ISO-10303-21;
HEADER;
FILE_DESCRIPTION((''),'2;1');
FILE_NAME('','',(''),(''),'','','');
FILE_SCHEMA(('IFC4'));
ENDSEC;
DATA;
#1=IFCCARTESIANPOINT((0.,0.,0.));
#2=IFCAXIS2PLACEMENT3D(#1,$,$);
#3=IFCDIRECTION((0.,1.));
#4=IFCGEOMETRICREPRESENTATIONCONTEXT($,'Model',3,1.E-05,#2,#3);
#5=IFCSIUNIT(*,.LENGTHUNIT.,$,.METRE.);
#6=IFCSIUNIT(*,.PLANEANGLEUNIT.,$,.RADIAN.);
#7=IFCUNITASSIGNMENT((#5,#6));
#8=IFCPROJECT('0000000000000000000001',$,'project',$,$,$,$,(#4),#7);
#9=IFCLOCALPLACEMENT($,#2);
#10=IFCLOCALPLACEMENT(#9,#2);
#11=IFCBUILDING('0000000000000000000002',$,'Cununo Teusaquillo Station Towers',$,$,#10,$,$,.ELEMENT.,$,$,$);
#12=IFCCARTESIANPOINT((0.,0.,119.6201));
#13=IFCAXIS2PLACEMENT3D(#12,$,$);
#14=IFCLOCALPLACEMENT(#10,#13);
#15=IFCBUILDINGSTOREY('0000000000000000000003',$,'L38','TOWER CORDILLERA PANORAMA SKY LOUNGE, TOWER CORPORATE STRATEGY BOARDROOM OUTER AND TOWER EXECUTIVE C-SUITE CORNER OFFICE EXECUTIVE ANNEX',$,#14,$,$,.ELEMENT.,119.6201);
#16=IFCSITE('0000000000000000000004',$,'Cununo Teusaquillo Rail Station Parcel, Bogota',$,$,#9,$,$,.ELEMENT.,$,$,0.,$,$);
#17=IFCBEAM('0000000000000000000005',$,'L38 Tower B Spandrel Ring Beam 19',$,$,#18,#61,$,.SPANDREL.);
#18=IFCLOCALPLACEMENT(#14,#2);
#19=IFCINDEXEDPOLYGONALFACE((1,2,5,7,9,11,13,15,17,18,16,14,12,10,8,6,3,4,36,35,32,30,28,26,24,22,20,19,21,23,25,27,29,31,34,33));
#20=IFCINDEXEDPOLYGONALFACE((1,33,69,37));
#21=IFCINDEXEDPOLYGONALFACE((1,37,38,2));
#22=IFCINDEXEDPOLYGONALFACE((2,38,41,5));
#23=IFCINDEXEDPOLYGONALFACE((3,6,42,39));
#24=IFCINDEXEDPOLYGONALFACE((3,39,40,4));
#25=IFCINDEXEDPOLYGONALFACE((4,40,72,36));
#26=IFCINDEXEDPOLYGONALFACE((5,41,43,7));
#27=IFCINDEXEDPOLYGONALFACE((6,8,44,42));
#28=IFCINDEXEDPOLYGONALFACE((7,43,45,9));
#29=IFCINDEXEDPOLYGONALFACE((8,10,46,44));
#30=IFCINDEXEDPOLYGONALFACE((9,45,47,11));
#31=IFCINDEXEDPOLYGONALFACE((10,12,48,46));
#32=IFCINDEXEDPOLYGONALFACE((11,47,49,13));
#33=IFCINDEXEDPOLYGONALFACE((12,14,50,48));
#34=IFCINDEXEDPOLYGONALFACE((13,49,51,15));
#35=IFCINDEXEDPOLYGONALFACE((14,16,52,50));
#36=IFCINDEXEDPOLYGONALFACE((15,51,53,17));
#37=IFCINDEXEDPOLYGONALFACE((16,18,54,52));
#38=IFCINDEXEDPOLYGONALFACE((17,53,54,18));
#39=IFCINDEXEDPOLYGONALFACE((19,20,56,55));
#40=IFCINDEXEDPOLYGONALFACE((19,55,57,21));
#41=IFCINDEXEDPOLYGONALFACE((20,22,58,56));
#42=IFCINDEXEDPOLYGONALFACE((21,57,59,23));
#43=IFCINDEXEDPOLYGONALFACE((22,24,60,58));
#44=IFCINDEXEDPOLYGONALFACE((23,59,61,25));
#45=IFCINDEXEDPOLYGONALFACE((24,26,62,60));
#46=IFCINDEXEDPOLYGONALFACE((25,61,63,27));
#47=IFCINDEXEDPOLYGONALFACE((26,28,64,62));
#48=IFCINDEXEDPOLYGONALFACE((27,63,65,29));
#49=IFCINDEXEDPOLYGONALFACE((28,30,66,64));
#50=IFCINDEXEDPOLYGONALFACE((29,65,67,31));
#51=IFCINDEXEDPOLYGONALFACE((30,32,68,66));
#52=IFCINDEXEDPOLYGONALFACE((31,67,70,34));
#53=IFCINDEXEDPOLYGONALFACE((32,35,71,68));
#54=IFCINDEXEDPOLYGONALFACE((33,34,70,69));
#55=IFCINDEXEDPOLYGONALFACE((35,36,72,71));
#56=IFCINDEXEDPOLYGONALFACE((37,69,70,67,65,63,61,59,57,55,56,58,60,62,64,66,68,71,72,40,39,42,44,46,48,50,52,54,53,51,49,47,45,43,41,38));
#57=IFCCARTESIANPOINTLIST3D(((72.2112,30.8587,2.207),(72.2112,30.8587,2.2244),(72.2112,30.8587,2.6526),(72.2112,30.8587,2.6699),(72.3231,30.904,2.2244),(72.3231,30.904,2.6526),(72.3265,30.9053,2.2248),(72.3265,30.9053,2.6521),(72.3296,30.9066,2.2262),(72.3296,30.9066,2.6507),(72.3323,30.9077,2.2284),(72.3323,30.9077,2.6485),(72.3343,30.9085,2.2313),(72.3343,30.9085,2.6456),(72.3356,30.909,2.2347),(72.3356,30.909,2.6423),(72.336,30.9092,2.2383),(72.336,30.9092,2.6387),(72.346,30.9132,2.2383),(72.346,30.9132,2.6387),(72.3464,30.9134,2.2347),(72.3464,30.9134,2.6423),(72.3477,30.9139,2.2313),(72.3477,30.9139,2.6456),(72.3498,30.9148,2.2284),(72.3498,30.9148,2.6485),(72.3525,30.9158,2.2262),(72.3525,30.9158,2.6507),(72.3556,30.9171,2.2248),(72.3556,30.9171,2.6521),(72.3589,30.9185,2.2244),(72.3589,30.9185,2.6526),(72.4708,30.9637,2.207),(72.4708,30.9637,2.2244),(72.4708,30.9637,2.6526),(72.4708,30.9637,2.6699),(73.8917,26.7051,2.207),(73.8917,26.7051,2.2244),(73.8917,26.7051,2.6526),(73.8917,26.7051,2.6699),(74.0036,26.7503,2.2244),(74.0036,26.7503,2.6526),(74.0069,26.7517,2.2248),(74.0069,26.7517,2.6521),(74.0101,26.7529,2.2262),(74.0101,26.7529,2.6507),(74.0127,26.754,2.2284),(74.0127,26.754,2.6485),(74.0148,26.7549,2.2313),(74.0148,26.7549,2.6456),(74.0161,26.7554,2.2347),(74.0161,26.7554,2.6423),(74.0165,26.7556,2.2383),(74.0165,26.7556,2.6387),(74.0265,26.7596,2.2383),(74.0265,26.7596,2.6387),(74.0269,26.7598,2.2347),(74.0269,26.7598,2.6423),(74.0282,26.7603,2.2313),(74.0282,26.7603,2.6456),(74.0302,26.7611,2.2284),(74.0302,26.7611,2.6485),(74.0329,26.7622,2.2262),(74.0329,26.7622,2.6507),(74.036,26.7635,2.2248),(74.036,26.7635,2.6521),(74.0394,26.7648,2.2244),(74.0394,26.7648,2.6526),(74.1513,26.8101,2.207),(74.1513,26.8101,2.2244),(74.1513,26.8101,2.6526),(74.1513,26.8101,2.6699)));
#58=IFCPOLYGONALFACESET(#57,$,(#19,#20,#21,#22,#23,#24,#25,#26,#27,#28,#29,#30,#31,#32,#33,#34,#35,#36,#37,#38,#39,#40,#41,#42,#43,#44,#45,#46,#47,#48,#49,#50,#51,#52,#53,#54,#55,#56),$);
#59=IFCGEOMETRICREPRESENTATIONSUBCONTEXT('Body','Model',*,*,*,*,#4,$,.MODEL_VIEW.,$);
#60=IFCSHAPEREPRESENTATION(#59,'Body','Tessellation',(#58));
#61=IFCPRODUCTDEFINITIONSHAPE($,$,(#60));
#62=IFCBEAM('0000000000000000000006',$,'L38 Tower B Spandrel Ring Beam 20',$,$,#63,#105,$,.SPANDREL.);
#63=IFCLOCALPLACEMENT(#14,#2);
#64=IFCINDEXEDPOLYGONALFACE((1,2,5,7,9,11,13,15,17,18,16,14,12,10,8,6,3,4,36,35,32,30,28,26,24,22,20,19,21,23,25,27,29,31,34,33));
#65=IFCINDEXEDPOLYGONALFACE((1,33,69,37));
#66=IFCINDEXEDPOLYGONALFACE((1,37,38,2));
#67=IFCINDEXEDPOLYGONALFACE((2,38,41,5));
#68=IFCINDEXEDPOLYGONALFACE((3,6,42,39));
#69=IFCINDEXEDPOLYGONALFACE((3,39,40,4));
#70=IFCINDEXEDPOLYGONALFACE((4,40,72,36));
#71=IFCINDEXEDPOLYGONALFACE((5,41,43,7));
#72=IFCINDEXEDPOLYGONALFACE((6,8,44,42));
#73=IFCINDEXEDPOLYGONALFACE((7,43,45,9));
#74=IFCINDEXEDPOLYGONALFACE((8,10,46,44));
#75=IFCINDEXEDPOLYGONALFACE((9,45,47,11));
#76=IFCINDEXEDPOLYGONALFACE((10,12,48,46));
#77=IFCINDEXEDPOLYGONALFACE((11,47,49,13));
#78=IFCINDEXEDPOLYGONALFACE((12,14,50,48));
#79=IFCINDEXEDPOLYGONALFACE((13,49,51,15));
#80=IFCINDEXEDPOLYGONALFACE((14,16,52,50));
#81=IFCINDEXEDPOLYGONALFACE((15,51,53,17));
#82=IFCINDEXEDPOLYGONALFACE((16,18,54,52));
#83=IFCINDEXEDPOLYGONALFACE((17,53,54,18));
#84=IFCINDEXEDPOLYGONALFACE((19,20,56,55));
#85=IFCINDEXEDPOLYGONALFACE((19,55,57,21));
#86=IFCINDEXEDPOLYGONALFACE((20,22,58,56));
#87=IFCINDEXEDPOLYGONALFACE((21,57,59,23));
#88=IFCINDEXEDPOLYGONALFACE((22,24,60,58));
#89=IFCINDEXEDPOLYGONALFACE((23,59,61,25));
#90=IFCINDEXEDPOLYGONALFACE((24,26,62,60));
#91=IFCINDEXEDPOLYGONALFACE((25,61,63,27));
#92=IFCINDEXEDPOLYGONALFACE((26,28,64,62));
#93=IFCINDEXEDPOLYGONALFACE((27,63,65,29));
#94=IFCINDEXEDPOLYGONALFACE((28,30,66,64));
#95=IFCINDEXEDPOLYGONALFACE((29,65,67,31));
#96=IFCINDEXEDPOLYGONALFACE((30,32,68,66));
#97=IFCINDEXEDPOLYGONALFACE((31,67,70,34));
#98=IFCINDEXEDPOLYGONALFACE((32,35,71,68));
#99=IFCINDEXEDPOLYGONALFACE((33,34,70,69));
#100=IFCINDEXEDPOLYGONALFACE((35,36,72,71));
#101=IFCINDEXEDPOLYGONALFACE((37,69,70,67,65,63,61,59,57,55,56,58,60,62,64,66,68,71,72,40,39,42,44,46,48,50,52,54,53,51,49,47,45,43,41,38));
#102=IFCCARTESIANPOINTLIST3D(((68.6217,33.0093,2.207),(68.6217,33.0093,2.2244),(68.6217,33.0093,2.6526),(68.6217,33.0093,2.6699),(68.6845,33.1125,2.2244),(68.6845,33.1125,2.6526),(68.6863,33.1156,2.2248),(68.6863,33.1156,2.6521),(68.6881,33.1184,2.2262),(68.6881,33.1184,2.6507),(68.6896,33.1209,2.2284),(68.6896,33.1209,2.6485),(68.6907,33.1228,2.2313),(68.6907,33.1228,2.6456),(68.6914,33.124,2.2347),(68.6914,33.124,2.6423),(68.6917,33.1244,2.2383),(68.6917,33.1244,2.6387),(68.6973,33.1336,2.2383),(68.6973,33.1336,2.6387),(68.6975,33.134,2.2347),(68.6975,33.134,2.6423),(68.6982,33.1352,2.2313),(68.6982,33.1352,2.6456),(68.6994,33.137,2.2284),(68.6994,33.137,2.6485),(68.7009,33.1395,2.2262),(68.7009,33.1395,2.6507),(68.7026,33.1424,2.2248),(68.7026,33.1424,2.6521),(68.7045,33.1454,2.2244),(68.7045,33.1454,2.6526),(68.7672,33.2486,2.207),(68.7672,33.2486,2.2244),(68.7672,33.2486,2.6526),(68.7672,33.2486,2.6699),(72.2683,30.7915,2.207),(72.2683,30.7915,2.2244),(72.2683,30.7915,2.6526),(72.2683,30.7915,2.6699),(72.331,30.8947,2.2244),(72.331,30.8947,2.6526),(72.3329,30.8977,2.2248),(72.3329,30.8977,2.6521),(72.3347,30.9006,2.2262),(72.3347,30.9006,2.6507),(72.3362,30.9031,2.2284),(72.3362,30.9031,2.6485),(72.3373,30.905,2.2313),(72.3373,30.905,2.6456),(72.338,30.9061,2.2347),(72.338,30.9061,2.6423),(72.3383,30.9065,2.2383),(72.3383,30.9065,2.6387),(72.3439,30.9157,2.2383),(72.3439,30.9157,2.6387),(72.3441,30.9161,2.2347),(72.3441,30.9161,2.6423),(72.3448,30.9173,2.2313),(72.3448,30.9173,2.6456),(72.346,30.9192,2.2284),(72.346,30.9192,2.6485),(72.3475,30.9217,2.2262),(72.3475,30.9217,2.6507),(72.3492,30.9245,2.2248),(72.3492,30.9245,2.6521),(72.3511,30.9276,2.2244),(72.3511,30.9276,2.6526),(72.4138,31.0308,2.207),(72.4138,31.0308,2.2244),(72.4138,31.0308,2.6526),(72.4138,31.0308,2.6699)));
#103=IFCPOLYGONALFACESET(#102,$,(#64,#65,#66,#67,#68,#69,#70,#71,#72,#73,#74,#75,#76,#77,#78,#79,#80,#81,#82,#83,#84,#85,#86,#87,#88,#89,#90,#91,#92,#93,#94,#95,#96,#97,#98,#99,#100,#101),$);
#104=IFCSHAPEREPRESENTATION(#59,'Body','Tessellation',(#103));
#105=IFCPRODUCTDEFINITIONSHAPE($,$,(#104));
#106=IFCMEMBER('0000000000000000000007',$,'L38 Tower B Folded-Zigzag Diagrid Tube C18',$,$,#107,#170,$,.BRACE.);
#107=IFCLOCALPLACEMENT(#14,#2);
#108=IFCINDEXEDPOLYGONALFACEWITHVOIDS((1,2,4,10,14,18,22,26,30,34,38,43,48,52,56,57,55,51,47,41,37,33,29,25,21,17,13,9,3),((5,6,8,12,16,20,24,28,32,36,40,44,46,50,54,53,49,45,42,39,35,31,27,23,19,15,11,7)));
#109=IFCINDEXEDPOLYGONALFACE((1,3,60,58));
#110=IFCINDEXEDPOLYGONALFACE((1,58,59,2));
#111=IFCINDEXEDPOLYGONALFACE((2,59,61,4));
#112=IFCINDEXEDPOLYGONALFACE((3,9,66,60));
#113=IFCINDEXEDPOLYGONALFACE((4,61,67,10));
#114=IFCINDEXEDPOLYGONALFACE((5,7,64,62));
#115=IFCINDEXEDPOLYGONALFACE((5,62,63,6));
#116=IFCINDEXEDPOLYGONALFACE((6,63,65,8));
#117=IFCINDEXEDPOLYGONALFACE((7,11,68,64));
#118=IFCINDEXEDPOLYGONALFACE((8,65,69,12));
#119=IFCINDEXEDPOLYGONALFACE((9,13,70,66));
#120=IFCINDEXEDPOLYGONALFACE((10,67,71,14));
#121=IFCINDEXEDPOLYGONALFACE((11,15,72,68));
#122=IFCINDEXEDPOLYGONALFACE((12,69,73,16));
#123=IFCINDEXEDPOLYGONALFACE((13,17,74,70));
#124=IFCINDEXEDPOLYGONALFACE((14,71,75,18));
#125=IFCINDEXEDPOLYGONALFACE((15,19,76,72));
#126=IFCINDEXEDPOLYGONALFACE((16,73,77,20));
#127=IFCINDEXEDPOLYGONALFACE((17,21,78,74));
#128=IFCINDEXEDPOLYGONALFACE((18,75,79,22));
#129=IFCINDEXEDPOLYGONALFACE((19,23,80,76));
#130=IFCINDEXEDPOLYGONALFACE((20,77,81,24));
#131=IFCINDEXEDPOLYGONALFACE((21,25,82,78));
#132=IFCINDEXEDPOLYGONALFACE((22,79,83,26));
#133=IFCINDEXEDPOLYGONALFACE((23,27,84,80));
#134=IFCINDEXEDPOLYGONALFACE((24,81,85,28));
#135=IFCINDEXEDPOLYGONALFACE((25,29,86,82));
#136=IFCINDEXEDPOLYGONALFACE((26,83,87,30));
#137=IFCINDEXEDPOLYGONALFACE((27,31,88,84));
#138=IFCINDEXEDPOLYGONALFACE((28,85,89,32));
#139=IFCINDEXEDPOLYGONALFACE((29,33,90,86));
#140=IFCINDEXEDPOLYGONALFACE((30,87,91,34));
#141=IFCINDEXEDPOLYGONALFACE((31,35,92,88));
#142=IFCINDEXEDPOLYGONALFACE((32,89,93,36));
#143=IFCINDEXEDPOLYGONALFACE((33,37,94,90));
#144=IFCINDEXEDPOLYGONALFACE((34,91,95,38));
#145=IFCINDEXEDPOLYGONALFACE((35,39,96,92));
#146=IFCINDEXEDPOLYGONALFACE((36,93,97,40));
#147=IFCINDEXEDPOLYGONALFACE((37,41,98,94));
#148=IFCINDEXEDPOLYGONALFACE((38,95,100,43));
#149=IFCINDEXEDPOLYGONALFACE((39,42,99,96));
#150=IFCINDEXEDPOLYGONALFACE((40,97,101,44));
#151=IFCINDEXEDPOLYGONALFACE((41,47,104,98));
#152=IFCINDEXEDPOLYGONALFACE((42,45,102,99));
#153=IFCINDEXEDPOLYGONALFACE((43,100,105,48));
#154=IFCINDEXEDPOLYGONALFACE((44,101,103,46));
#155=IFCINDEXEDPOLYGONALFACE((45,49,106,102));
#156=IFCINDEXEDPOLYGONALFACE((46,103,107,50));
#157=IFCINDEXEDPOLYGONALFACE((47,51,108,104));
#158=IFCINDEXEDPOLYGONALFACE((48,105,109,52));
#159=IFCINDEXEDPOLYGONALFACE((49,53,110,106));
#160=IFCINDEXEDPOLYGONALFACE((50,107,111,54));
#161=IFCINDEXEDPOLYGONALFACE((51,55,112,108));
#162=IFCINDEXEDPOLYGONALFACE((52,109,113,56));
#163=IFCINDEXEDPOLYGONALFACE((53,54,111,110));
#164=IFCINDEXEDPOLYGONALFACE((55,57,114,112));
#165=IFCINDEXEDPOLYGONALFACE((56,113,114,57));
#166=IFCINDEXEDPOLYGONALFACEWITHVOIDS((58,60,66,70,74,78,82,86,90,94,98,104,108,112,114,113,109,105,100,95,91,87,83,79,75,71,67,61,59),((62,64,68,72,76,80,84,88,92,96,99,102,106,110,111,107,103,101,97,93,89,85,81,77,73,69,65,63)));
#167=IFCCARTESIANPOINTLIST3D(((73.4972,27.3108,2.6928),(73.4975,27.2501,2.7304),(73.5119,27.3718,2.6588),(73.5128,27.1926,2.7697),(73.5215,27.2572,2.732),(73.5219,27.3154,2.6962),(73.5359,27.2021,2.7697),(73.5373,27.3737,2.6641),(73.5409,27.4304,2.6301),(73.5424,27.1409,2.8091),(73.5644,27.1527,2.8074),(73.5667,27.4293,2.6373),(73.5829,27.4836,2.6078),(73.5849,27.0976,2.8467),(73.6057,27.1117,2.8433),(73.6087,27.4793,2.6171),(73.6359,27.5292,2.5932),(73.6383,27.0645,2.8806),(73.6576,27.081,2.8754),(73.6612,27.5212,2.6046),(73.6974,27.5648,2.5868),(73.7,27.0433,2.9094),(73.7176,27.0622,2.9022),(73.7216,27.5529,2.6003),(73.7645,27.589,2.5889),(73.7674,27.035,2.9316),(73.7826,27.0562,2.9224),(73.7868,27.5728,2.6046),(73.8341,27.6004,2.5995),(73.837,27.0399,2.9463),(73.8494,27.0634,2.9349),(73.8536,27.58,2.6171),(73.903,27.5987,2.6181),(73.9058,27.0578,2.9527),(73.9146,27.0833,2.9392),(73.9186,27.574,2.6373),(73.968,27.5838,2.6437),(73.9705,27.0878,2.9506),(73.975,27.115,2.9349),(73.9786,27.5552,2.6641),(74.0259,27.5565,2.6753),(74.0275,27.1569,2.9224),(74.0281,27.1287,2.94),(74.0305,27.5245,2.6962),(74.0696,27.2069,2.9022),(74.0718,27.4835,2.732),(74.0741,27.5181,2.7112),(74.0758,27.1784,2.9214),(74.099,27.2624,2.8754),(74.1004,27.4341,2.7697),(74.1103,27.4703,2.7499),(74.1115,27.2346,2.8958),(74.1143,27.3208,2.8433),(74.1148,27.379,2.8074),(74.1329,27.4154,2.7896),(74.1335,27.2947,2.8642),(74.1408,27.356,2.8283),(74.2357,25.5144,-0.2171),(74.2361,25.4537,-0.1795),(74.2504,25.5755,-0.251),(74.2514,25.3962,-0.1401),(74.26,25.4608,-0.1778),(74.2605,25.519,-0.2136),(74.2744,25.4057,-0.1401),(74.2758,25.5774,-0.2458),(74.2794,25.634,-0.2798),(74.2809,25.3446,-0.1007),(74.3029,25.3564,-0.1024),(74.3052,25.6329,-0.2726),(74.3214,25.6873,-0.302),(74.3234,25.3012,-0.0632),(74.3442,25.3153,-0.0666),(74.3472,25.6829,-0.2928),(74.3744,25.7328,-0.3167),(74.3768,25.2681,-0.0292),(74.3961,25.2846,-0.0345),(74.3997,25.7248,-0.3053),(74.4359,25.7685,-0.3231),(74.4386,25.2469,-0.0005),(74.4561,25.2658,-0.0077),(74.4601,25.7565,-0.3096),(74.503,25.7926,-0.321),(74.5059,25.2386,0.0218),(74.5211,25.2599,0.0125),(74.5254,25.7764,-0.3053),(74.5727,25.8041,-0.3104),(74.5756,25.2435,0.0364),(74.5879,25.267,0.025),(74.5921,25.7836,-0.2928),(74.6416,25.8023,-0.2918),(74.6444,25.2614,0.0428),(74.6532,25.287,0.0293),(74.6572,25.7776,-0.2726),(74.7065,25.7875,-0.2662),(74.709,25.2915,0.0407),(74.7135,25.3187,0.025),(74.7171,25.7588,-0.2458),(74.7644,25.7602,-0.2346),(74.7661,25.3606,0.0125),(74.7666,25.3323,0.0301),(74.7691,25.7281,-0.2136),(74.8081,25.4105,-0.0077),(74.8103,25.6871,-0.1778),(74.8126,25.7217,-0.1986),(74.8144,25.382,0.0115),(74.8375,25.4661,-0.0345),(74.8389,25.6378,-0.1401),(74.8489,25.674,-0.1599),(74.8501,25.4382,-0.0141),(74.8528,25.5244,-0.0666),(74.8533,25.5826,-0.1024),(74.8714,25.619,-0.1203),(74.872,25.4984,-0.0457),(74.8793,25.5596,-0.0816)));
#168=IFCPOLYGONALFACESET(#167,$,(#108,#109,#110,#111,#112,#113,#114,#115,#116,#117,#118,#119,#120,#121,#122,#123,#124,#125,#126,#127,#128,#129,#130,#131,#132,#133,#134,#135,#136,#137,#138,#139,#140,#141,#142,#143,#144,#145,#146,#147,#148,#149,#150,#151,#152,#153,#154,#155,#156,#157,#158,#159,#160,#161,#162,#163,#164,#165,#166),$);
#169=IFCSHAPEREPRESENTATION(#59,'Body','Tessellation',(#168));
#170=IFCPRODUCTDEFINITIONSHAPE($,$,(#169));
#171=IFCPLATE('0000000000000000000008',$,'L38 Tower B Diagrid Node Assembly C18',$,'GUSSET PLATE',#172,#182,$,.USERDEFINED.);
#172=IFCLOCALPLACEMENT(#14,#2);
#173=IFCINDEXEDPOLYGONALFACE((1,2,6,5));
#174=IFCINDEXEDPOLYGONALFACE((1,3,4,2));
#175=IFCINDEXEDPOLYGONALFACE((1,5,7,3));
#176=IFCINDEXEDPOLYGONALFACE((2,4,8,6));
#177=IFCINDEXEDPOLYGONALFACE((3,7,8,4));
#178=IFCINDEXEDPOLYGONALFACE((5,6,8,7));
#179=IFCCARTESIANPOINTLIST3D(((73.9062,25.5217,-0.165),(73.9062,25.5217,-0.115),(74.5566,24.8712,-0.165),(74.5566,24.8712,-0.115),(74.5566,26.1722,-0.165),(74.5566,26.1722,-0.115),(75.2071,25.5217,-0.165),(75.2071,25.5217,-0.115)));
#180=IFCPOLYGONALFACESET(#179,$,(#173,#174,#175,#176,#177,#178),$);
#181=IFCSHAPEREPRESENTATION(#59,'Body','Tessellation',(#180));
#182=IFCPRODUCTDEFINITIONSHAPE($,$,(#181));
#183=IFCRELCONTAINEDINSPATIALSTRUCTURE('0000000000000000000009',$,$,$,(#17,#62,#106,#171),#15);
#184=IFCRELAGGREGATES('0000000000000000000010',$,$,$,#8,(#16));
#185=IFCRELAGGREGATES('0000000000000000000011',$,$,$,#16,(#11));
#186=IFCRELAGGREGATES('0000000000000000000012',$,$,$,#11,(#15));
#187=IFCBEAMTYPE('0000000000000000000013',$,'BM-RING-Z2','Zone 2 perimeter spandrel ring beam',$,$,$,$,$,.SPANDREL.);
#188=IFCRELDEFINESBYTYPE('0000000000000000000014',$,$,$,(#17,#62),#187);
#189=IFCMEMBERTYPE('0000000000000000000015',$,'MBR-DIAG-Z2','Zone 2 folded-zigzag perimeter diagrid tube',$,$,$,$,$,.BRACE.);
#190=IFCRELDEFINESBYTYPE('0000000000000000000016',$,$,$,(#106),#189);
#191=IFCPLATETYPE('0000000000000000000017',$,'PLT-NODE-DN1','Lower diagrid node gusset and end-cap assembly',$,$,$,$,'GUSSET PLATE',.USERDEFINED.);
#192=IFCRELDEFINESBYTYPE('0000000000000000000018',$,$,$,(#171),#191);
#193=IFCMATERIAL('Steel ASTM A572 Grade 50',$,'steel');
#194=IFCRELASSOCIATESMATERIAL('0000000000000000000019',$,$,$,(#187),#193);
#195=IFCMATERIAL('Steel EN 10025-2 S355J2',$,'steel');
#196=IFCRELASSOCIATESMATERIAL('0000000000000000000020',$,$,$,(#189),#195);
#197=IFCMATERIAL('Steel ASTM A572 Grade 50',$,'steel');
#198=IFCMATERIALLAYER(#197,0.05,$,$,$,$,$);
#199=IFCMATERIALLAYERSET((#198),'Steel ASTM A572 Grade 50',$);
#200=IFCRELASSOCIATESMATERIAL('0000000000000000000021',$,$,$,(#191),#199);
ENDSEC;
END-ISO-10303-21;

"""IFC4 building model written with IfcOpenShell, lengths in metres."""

from ifc_helpers import new_model, si_unit, direction, frame, origin, origin_2d, place, context, subcontext, project, spatial, rectangle, hollow_circle, i_section, extrude, source, transform, mapped, material, layer, layer_set, material_profile, profile_set, type_object, element, save


model = new_model("IFC4")

# Units and contexts
model_context = context("Model", 3, precision=1e-05, world=origin(), true_north=direction((0.0, 1.0)))
body_context = subcontext(model_context, "Body", "Model", "MODEL_VIEW")
ifc_project = project(units=[si_unit("LENGTHUNIT", "METRE"), si_unit("PLANEANGLEUNIT", "RADIAN")], contexts=[model_context])

# Site, building, storey
site_placement = place(None, origin())
site = spatial("IfcSite", under=ifc_project, at=site_placement, Name="Cununo Teusaquillo Rail Station Parcel, Bogota", CompositionType="ELEMENT", RefElevation=0.0)
building_placement = place(site_placement, origin())
building = spatial("IfcBuilding", under=site, at=building_placement, Name="Cununo Teusaquillo Station Towers", CompositionType="ELEMENT")
storey_placement = place(building_placement, frame((0.0, 0.0, 119.6201)))
storey = spatial("IfcBuildingStorey", under=building, at=storey_placement, Name="L38", Description="TOWER CORDILLERA PANORAMA SKY LOUNGE, TOWER CORPORATE STRATEGY BOARDROOM OUTER AND TOWER EXECUTIVE C-SUITE CORNER OFFICE EXECUTIVE ANNEX", CompositionType="ELEMENT", Elevation=119.6201)

# Beams
ifc_material_1 = material(Name="Steel ASTM A572 Grade 50", Category="steel")
ifc_material_profile_1 = material_profile(ifc_material_1, i_section(OverallWidth=0.28, OverallDepth=0.4629, WebThickness=0.0107, FlangeThickness=0.0173, FilletRadius=0.0139, at=origin_2d()), Name="W18X76")
ifc_profile_set_1 = profile_set([ifc_material_profile_1], Name="Steel ASTM A572 Grade 50")
beam_type_1 = type_object("IfcBeamType", Name="BM-RING-Z2", Description="Zone 2 perimeter spandrel ring beam", PredefinedType="SPANDREL", material=ifc_profile_set_1)
beam_1_placement = place(storey_placement, frame((74.0215, 26.7576, 2.4385), z_axis=(-0.375042, 0.927008, 0.0), x_axis=(-0.927008, -0.375042, 0.0)))
element("IfcBeam", 1, at=beam_1_placement, inside=storey, type_object=beam_type_1, Name="L38 Tower B Spandrel Ring Beam 19", PredefinedType="SPANDREL", context=body_context, shape_type="SweptSolid", body=[
    extrude(i_section(OverallWidth=0.28, OverallDepth=0.4629, WebThickness=0.0107, FlangeThickness=0.0173, FilletRadius=0.0139, at=origin_2d()), origin(), (0.0, 0.0, 1.0), 4.4807),
])
beam_2_placement = place(storey_placement, frame((72.3411, 30.9111, 2.4385), z_axis=(-0.854388, 0.519635, 0.0), x_axis=(-0.519635, -0.854388, 0.0)))
element("IfcBeam", 2, at=beam_2_placement, inside=storey, type_object=beam_type_1, Name="L38 Tower B Spandrel Ring Beam 20", PredefinedType="SPANDREL", context=body_context, shape_type="SweptSolid", body=[
    extrude(i_section(OverallWidth=0.28, OverallDepth=0.4629, WebThickness=0.0107, FlangeThickness=0.0173, FilletRadius=0.0139, at=origin_2d()), origin(), (0.0, 0.0, 1.0), 4.2681),
])

# Member
ifc_material_2 = material(Name="Steel EN 10025-2 S355J2", Category="steel")
ifc_material_profile_2 = material_profile(ifc_material_2, hollow_circle(Radius=0.3301, WallThickness=0.0249, at=origin_2d()), Name="CHS 660x25")
ifc_profile_set_2 = profile_set([ifc_material_profile_2], Name="Steel EN 10025-2 S355J2")
member_type = type_object("IfcMemberType", Name="MBR-DIAG-Z2", Description="Zone 2 folded-zigzag perimeter diagrid tube", PredefinedType="BRACE", material=ifc_profile_set_2)
member_placement = place(storey_placement, frame((74.5566, 25.5217, -0.1401), z_axis=(-0.211093, 0.513463, 0.831743), x_axis=(-0.924889, -0.380238, 0.0)))
element("IfcMember", 3, at=member_placement, inside=storey, type_object=member_type, Name="L38 Tower B Folded-Zigzag Diagrid Tube C18", PredefinedType="BRACE", context=body_context, shape_type="SweptSolid", body=[
    extrude(hollow_circle(Radius=0.3301, WallThickness=0.0249, at=origin_2d()), origin(), (0.0, 0.0, 1.0), 3.4985),
])

# Plate
ifc_material_3 = material(Name="Steel ASTM A572 Grade 50", Category="steel")
ifc_layer_1 = layer(ifc_material_3, 0.05)
ifc_layer_set_1 = layer_set([ifc_layer_1], Name="Steel ASTM A572 Grade 50")
plate_type = type_object("IfcPlateType", Name="PLT-NODE-DN1", Description="Lower diagrid node gusset and end-cap assembly", ElementType="GUSSET PLATE", PredefinedType="USERDEFINED", material=ifc_layer_set_1)
shared_shape_1 = source(origin(), body_context, "Body", "SweptSolid", [
    extrude(rectangle(XDim=0.9199, YDim=0.9199, at=origin_2d()), origin(), (0.0, 0.0, 1.0), 0.05),
])
plate_placement = place(storey_placement, frame((74.5566, 25.5217, -0.165), z_axis=(0.0, 0.0, 1.0), x_axis=(0.707107, 0.707107, 0.0)))
element("IfcPlate", 4, at=plate_placement, inside=storey, type_object=plate_type, Name="L38 Tower B Diagrid Node Assembly C18", ObjectType="GUSSET PLATE", PredefinedType="USERDEFINED", context=body_context, shape_type="MappedRepresentation", body=[
    mapped(shared_shape_1, transform((0.0, 0.0, 0.0), x_axis=(1.0, 0.0, 0.0), y_axis=(0.0, 1.0, 0.0), z_axis=(0.0, 0.0, 1.0), scale=1.0)),
])

save(model, "model.ifc")
